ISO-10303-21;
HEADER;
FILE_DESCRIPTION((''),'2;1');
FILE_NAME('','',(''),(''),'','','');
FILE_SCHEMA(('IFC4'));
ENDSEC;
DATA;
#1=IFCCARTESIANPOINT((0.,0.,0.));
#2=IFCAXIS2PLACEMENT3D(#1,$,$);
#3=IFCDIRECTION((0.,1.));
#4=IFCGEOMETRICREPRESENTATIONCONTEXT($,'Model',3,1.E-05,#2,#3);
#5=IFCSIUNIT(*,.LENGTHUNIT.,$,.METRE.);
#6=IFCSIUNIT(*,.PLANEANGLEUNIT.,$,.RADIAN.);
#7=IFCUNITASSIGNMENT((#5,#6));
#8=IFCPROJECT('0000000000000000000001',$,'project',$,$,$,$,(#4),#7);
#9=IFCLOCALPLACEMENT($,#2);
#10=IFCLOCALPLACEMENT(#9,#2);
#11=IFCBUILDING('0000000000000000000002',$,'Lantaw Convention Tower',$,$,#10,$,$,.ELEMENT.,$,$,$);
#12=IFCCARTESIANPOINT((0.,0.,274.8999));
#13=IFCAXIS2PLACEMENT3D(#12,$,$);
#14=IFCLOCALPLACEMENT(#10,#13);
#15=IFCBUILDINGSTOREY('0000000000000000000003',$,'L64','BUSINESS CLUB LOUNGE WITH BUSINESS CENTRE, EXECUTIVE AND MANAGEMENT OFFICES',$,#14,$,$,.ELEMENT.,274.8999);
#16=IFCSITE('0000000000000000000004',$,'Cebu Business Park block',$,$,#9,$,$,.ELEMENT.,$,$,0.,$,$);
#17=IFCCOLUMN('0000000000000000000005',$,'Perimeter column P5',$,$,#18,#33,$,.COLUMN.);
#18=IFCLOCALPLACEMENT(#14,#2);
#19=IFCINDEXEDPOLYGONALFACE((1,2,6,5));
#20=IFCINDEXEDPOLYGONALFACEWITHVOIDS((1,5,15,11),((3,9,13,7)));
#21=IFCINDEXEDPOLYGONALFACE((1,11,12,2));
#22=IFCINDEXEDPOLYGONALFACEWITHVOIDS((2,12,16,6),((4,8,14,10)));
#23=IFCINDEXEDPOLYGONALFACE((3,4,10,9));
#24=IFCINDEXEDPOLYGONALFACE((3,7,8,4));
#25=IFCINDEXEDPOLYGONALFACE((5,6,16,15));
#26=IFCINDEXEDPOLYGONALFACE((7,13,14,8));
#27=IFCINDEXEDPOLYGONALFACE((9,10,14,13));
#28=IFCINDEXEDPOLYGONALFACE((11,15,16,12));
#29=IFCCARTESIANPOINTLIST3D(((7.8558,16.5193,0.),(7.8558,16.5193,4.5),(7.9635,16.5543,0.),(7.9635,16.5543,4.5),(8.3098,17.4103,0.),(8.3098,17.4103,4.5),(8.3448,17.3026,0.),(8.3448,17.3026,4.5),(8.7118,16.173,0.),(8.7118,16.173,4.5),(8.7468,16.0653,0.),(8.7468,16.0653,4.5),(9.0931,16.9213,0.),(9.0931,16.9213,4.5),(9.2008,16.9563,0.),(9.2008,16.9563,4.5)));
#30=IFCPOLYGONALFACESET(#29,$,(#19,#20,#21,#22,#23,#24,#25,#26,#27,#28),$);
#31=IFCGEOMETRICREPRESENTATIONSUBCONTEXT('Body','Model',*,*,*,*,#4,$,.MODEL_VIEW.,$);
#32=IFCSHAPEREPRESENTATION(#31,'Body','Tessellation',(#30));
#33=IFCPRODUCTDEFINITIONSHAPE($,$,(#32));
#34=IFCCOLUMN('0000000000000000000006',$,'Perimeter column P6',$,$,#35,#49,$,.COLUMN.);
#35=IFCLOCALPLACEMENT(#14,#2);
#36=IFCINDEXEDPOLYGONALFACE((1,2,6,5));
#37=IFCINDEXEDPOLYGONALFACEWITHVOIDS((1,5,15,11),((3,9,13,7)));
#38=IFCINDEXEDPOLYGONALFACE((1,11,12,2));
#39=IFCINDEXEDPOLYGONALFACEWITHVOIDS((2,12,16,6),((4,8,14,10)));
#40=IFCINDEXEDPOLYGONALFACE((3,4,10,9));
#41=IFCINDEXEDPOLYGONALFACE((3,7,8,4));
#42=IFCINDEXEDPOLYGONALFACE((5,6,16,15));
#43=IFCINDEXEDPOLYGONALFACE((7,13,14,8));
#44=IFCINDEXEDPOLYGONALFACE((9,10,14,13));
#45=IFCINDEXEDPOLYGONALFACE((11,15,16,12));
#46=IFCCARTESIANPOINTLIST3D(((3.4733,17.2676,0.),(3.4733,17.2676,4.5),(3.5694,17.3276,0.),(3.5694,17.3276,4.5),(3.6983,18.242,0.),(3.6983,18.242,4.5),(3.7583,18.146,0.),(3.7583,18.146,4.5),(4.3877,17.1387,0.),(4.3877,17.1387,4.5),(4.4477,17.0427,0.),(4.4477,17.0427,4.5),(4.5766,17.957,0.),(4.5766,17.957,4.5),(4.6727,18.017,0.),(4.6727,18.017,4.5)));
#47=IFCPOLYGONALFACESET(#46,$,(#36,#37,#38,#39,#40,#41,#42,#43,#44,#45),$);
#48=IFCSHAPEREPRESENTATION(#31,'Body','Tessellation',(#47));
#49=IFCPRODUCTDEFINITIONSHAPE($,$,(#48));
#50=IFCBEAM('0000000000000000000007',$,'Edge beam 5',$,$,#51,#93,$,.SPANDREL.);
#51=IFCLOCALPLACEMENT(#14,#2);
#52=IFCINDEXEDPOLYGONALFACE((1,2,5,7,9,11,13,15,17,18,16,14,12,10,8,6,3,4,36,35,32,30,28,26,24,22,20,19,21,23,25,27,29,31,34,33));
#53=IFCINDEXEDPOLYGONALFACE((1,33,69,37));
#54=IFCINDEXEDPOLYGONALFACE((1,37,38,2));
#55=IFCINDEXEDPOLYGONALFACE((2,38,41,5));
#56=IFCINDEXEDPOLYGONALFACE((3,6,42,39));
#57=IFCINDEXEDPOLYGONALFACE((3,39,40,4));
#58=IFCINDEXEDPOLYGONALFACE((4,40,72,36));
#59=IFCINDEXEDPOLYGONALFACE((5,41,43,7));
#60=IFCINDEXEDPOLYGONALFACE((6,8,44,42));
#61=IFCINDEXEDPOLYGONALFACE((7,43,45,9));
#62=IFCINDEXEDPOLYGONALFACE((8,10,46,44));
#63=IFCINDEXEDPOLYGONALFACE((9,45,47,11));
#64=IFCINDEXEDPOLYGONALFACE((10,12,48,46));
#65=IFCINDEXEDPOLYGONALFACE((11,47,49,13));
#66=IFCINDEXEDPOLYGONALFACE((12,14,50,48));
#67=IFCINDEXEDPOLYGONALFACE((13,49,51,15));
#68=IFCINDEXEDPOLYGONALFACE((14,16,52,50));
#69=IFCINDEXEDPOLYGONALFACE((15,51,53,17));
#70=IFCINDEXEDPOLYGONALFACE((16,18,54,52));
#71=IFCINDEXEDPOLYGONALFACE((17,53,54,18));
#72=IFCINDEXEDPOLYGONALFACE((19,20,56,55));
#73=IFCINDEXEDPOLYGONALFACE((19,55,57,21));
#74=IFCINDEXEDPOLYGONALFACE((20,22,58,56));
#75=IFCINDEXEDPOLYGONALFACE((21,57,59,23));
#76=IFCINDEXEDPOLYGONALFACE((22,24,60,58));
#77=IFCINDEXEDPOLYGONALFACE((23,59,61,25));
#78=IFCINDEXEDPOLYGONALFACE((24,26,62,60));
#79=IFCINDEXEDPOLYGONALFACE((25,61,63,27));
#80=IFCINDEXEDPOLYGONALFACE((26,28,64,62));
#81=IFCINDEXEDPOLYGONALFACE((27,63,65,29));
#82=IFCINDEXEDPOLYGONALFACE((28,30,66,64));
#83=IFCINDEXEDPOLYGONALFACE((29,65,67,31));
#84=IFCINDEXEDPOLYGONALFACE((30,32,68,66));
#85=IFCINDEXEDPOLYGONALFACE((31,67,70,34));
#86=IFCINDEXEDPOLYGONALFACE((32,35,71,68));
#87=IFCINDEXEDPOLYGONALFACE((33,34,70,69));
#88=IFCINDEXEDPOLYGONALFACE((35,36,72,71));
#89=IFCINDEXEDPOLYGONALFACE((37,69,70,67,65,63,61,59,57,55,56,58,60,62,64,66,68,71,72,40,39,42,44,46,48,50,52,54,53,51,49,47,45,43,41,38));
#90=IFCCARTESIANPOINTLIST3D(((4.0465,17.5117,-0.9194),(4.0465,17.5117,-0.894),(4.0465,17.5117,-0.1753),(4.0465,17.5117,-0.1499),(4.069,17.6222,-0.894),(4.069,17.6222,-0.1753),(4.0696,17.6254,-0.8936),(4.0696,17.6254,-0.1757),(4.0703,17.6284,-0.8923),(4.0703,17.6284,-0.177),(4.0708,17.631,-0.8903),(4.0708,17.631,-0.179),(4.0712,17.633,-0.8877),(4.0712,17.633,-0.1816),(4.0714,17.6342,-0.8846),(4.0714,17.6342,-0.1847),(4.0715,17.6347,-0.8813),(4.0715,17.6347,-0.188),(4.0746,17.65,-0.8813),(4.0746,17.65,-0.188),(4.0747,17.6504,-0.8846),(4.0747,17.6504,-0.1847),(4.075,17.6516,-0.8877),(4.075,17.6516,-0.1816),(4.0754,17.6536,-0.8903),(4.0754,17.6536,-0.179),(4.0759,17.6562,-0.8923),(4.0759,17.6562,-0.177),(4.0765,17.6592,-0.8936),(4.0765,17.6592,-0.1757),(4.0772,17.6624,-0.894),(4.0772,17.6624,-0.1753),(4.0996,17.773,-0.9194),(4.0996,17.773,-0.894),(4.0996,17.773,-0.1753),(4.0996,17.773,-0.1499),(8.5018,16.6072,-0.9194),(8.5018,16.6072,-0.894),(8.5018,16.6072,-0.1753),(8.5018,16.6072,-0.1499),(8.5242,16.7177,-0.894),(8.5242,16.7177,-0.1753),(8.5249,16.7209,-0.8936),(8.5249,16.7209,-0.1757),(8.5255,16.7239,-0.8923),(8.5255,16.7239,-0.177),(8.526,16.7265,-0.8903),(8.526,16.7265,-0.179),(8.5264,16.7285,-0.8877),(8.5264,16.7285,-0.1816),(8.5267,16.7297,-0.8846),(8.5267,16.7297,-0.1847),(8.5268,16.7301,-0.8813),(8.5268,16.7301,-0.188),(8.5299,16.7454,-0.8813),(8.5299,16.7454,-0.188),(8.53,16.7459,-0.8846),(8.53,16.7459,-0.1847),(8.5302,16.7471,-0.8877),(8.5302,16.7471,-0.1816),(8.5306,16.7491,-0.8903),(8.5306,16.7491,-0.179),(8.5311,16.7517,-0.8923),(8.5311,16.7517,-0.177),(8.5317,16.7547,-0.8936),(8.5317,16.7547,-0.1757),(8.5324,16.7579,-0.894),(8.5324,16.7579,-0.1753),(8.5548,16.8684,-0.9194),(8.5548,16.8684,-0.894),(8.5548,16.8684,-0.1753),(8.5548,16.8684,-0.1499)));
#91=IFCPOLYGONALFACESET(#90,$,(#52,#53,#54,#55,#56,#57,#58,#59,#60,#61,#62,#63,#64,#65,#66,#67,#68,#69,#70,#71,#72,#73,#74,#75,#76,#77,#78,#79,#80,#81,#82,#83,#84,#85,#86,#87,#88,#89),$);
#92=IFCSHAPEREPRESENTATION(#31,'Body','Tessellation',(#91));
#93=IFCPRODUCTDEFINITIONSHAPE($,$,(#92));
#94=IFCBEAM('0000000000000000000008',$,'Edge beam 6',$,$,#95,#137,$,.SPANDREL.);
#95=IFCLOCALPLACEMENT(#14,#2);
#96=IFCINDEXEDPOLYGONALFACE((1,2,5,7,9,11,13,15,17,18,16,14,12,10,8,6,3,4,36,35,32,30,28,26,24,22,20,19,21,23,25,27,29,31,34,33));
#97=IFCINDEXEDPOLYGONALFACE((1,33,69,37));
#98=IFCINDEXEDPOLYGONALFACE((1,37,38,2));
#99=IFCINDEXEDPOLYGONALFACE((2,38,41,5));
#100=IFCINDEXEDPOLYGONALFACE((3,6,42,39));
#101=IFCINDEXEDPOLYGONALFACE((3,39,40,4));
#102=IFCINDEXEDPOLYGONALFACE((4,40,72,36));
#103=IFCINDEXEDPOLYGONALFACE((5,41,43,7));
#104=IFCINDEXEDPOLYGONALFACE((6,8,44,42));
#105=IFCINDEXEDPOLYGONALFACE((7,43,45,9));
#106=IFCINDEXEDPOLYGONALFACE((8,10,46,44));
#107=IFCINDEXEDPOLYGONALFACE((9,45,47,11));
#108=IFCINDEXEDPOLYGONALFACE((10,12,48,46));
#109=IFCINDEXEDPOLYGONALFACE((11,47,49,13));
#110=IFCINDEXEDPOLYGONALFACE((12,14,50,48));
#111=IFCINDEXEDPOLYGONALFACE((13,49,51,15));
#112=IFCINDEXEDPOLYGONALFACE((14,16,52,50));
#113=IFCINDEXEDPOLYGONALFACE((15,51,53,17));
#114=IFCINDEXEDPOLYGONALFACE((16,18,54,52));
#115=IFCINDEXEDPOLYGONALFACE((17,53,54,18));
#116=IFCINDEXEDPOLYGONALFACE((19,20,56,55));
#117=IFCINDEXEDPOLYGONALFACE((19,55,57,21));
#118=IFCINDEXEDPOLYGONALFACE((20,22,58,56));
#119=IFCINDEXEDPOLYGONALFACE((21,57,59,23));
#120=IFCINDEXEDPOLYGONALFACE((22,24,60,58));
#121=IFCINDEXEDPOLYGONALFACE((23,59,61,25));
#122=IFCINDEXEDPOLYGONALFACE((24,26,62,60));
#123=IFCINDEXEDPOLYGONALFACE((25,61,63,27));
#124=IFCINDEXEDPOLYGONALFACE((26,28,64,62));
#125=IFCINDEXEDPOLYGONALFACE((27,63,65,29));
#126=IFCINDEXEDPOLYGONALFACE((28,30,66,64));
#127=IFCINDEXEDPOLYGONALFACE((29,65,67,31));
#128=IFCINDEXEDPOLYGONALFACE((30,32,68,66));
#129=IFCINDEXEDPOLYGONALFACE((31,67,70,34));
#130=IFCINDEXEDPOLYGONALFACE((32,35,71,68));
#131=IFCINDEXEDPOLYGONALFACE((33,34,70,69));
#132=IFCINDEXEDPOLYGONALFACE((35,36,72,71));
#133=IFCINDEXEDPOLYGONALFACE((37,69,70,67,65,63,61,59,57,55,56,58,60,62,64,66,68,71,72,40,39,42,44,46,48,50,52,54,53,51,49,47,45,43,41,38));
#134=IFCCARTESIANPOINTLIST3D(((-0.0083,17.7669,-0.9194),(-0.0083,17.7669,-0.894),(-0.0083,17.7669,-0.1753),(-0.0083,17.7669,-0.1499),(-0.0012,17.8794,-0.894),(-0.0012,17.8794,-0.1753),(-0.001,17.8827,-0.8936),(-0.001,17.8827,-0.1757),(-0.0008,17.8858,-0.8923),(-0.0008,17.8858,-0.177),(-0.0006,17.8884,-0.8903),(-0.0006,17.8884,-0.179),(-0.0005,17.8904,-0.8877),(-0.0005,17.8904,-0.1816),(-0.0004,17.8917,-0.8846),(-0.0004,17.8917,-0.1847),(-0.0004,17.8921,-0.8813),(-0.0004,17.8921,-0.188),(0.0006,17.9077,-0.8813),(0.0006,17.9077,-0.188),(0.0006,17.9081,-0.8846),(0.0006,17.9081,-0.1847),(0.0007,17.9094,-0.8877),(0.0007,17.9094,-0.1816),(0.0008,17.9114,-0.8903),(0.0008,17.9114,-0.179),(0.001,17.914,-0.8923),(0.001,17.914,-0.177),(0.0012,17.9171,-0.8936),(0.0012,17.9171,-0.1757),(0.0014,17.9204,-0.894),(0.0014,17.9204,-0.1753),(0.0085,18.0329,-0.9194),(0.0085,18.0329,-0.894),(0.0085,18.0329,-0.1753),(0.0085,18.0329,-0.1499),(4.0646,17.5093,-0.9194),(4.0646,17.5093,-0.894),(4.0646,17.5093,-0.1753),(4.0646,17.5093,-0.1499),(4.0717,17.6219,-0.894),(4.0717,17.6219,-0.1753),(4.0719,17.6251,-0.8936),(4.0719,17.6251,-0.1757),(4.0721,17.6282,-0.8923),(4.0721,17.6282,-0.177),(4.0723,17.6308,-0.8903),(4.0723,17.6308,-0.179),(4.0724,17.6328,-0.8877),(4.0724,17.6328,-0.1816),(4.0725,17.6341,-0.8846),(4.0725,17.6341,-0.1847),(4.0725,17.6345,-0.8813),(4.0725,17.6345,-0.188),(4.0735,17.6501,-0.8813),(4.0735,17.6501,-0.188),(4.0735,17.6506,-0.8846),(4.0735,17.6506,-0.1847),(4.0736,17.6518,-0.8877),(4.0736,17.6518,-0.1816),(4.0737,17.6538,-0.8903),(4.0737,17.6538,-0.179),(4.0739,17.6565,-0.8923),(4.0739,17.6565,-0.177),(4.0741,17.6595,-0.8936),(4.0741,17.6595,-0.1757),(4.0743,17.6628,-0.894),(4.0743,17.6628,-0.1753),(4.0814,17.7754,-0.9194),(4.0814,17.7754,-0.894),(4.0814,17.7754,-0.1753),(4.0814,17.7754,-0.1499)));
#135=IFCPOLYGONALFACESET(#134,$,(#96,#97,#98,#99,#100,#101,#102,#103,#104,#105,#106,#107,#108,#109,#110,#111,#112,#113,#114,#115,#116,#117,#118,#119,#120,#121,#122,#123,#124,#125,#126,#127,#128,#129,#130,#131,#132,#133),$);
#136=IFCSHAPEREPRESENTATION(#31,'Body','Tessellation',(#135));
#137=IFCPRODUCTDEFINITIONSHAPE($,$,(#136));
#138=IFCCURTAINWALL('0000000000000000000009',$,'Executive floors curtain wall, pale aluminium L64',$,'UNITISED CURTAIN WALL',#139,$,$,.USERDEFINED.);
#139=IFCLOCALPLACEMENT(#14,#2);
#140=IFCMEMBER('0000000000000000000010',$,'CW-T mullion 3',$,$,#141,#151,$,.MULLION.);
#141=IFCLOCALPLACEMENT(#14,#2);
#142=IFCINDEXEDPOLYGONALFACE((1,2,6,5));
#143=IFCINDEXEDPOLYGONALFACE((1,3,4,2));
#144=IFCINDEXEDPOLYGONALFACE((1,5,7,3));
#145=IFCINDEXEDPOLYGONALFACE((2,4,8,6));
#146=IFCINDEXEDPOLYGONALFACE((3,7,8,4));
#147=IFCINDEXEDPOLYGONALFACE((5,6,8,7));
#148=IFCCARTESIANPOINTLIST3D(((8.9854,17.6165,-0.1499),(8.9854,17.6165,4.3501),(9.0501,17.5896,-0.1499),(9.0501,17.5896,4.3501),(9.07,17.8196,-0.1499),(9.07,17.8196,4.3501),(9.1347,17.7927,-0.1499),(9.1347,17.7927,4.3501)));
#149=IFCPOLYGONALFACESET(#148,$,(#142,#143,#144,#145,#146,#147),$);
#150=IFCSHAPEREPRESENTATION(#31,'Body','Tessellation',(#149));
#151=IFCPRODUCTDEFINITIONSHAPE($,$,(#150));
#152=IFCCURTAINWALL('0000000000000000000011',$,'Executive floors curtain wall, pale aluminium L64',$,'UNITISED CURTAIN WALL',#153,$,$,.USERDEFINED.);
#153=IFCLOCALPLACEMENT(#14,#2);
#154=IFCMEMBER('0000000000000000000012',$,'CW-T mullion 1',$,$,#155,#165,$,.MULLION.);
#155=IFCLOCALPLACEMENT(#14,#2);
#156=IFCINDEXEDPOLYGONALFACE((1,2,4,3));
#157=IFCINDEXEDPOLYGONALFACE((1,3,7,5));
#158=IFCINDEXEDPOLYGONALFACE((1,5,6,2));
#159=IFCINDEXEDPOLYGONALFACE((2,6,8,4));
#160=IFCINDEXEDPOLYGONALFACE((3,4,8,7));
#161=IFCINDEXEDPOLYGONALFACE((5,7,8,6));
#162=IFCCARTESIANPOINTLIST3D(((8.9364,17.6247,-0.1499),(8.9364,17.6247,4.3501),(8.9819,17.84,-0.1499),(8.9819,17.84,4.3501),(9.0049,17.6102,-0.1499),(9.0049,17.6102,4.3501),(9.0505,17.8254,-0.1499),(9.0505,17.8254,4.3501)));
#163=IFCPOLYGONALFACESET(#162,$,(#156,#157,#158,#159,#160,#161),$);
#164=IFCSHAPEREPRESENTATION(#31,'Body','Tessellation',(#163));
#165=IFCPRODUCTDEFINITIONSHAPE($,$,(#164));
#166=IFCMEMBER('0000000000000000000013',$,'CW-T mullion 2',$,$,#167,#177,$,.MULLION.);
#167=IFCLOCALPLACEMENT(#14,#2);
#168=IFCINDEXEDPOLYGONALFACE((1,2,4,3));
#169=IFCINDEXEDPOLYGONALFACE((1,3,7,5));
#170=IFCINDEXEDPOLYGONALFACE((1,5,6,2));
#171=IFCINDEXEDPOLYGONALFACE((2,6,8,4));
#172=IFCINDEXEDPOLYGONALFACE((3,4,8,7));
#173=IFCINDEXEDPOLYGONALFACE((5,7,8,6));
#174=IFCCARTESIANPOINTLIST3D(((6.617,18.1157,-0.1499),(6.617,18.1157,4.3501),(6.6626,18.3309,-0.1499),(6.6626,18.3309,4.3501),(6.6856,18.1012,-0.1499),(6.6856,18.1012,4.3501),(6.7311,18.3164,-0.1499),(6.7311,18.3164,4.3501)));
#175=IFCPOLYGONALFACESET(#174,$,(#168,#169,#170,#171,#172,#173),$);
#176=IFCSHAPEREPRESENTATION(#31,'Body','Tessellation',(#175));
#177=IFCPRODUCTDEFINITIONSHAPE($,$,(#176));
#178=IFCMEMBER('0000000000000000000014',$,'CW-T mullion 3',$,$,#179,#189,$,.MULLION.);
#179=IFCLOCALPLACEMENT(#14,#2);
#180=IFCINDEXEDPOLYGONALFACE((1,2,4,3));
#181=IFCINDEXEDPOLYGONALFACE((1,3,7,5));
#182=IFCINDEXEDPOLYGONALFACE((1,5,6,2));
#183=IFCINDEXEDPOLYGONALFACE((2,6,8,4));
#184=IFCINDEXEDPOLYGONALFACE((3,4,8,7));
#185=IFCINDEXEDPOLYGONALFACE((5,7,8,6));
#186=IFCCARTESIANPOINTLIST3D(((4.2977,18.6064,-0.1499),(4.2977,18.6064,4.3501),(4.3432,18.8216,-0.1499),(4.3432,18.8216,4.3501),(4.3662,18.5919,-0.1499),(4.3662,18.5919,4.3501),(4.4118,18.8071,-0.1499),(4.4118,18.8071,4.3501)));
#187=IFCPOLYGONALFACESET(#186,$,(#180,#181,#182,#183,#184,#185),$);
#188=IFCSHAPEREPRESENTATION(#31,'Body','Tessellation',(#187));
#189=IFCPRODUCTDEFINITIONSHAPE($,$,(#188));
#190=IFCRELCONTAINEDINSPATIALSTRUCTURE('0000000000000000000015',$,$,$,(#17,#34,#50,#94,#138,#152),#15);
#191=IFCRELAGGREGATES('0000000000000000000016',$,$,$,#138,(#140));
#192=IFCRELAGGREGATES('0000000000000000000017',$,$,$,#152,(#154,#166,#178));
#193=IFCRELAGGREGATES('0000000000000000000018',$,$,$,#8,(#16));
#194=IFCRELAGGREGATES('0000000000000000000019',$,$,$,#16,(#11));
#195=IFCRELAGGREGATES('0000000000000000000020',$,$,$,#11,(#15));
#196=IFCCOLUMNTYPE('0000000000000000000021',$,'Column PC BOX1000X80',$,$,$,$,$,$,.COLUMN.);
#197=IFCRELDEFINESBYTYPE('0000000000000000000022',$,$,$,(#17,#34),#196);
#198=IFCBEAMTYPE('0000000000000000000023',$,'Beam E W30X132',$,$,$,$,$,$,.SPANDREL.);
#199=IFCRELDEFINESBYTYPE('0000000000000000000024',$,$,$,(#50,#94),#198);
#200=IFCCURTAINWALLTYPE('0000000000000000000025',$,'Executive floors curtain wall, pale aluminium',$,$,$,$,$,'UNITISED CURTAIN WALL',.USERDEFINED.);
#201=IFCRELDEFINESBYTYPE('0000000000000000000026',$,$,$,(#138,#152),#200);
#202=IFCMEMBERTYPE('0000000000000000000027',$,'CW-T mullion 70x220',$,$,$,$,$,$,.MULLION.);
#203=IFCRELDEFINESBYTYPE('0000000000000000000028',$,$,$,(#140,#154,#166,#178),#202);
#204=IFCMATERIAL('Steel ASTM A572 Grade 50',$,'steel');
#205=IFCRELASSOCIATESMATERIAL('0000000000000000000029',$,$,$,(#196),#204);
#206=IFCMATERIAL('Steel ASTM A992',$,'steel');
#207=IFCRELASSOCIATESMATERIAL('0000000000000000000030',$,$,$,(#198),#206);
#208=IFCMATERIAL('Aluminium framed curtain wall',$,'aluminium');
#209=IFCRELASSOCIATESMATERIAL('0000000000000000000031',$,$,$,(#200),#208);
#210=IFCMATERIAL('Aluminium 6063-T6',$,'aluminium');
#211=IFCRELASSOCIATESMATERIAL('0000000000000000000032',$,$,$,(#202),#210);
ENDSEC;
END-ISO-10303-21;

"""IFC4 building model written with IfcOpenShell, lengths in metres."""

from ifc_helpers import new_model, si_unit, direction, frame, origin, origin_2d, place, context, subcontext, project, spatial, rectangle, hollow_rectangle, i_section, extrude, material, material_profile, profile_set, type_object, element, aggregate, save


model = new_model("IFC4")

# Units and contexts
model_context = context("Model", 3, precision=1e-05, world=origin(), true_north=direction((0.0, 1.0)))
body_context = subcontext(model_context, "Body", "Model", "MODEL_VIEW")
ifc_project = project(units=[si_unit("LENGTHUNIT", "METRE"), si_unit("PLANEANGLEUNIT", "RADIAN")], contexts=[model_context])

# Site, building, storey
site_placement = place(None, origin())
site = spatial("IfcSite", under=ifc_project, at=site_placement, Name="Cebu Business Park block", CompositionType="ELEMENT", RefElevation=0.0)
building_placement = place(site_placement, origin())
building = spatial("IfcBuilding", under=site, at=building_placement, Name="Lantaw Convention Tower", CompositionType="ELEMENT")
storey_placement = place(building_placement, frame((0.0, 0.0, 274.8999)))
storey = spatial("IfcBuildingStorey", under=building, at=storey_placement, Name="L64", Description="BUSINESS CLUB LOUNGE WITH BUSINESS CENTRE, EXECUTIVE AND MANAGEMENT OFFICES", CompositionType="ELEMENT", Elevation=274.8999)

# Columns
ifc_material_1 = material(Name="Steel ASTM A572 Grade 50", Category="steel")
ifc_material_profile_1 = material_profile(ifc_material_1, hollow_rectangle(XDim=1.0, YDim=1.0, WallThickness=0.0801, at=origin_2d()), Name="BOX1000X80")
ifc_material_2 = material(Name="Concrete C60/75", Category="concrete")
ifc_material_profile_2 = material_profile(ifc_material_2, rectangle(XDim=0.8401, YDim=0.8401, at=origin_2d()), Name="Concrete fill of BOX1000X80")
ifc_profile_set_1 = profile_set([ifc_material_profile_1, ifc_material_profile_2], Name="Steel ASTM A572 Grade 50")
column_type = type_object("IfcColumnType", Name="Column PC BOX1000X80", PredefinedType="COLUMN", material=ifc_profile_set_1)
for number, where, z_axis, x_axis, name in (
    (1, (8.5283, 16.7378, 0.0), (0.0, 0.0, 1.0), (0.45399, 0.891007, 0.0), "Perimeter column P5"),
    (2, (4.073, 17.6423, 0.0), (0.0, 0.0, 1.0), (0.224951, 0.97437, 0.0), "Perimeter column P6"),
):
    element("IfcColumn", number, at=place(storey_placement, frame(where, z_axis=z_axis, x_axis=x_axis)), inside=storey, type_object=column_type, Name=name, PredefinedType="COLUMN", context=body_context, shape_type="SweptSolid", body=[
        extrude(hollow_rectangle(XDim=1.0, YDim=1.0, WallThickness=0.0801, at=origin_2d()), origin(), (0.0, 0.0, 1.0), 4.5),
    ])

# Beams
ifc_material_3 = material(Name="Steel ASTM A992", Category="steel")
ifc_material_profile_3 = material_profile(ifc_material_3, i_section(OverallWidth=0.2666, OverallDepth=0.7695, WebThickness=0.0156, FlangeThickness=0.0254, FilletRadius=0.0127, at=origin_2d()), Name="W30X132")
ifc_profile_set_2 = profile_set([ifc_material_profile_3], Name="Steel ASTM A992")
beam_type = type_object("IfcBeamType", Name="Beam E W30X132", PredefinedType="SPANDREL", material=ifc_profile_set_2)
beam_1_placement = place(storey_placement, frame((8.5283, 16.7378, -0.5347), z_axis=(-0.980006, 0.198966, 0.0), x_axis=(-0.198966, -0.980006, 0.0)))
element("IfcBeam", 3, at=beam_1_placement, inside=storey, type_object=beam_type, Name="Edge beam 5", PredefinedType="SPANDREL", context=body_context, shape_type="SweptSolid", body=[
    extrude(i_section(OverallWidth=0.2666, OverallDepth=0.7695, WebThickness=0.0156, FlangeThickness=0.0254, FilletRadius=0.0127, at=origin_2d()), origin(), (0.0, 0.0, 1.0), 4.5461),
])
beam_2_placement = place(storey_placement, frame((4.073, 17.6423, -0.5347), z_axis=(-0.998006, 0.063112, 0.0), x_axis=(-0.063112, -0.998006, 0.0)))
element("IfcBeam", 4, at=beam_2_placement, inside=storey, type_object=beam_type, Name="Edge beam 6", PredefinedType="SPANDREL", context=body_context, shape_type="SweptSolid", body=[
    extrude(i_section(OverallWidth=0.2666, OverallDepth=0.7695, WebThickness=0.0156, FlangeThickness=0.0254, FilletRadius=0.0127, at=origin_2d()), origin(), (0.0, 0.0, 1.0), 4.0811),
])

# Curtain wall, member
ifc_material_4 = material(Name="Aluminium framed curtain wall", Category="aluminium")
curtain_wall_type = type_object("IfcCurtainWallType", Name="Executive floors curtain wall, pale aluminium", ElementType="UNITISED CURTAIN WALL", PredefinedType="USERDEFINED", material=ifc_material_4)
curtain_wall_1_placement = place(storey_placement, origin())
curtain_wall_1 = element("IfcCurtainWall", 5, at=curtain_wall_1_placement, inside=storey, type_object=curtain_wall_type, Name="Executive floors curtain wall, pale aluminium L64", ObjectType="UNITISED CURTAIN WALL", PredefinedType="USERDEFINED")
ifc_material_5 = material(Name="Aluminium 6063-T6", Category="aluminium")
ifc_material_profile_4 = material_profile(ifc_material_5, rectangle(XDim=0.22, YDim=0.0701, at=origin_2d()), Name="CW-T mullion 70x220")
ifc_profile_set_3 = profile_set([ifc_material_profile_4], Name="Aluminium 6063-T6")
member_type_1 = type_object("IfcMemberType", Name="CW-T mullion 70x220", PredefinedType="MULLION", material=ifc_profile_set_3)
member_1_placement = place(storey_placement, frame((9.0601, 17.7046, -0.1499), z_axis=(0.0, 0.0, 1.0), x_axis=(-0.38446, -0.923142, 0.0)))
member_1 = element("IfcMember", 6, at=member_1_placement, type_object=member_type_1, Name="CW-T mullion 3", PredefinedType="MULLION", context=body_context, shape_type="SweptSolid", body=[
    extrude(rectangle(XDim=0.22, YDim=0.0701, at=origin_2d()), origin(), (0.0, 0.0, 1.0), 4.5),
])

# Curtain wall, members
curtain_wall_2_placement = place(storey_placement, origin())
curtain_wall_2 = element("IfcCurtainWall", 7, at=curtain_wall_2_placement, inside=storey, type_object=curtain_wall_type, Name="Executive floors curtain wall, pale aluminium L64", ObjectType="UNITISED CURTAIN WALL", PredefinedType="USERDEFINED")
member_2_placement = place(storey_placement, frame((8.9934, 17.7251, -0.1499), z_axis=(0.0, 0.0, 1.0), x_axis=(-0.20704, -0.978332, 0.0)))
member_2 = element("IfcMember", 8, at=member_2_placement, type_object=member_type_1, Name="CW-T mullion 1", PredefinedType="MULLION", context=body_context, shape_type="SweptSolid", body=[
    extrude(rectangle(XDim=0.22, YDim=0.0701, at=origin_2d()), origin(), (0.0, 0.0, 1.0), 4.5),
])
member_3_placement = place(storey_placement, frame((6.6741, 18.2161, -0.1499), z_axis=(0.0, 0.0, 1.0), x_axis=(-0.20704, -0.978332, 0.0)))
member_3 = element("IfcMember", 9, at=member_3_placement, type_object=member_type_1, Name="CW-T mullion 2", PredefinedType="MULLION", context=body_context, shape_type="SweptSolid", body=[
    extrude(rectangle(XDim=0.22, YDim=0.0701, at=origin_2d()), origin(), (0.0, 0.0, 1.0), 4.5),
])
member_4_placement = place(storey_placement, frame((4.3547, 18.7068, -0.1499), z_axis=(0.0, 0.0, 1.0), x_axis=(-0.20704, -0.978332, 0.0)))
member_4 = element("IfcMember", 10, at=member_4_placement, type_object=member_type_1, Name="CW-T mullion 3", PredefinedType="MULLION", context=body_context, shape_type="SweptSolid", body=[
    extrude(rectangle(XDim=0.22, YDim=0.0701, at=origin_2d()), origin(), (0.0, 0.0, 1.0), 4.5),
])

aggregate(curtain_wall_1, [member_1])
aggregate(curtain_wall_2, [member_2, member_3, member_4])

save(model, "model.ifc")
